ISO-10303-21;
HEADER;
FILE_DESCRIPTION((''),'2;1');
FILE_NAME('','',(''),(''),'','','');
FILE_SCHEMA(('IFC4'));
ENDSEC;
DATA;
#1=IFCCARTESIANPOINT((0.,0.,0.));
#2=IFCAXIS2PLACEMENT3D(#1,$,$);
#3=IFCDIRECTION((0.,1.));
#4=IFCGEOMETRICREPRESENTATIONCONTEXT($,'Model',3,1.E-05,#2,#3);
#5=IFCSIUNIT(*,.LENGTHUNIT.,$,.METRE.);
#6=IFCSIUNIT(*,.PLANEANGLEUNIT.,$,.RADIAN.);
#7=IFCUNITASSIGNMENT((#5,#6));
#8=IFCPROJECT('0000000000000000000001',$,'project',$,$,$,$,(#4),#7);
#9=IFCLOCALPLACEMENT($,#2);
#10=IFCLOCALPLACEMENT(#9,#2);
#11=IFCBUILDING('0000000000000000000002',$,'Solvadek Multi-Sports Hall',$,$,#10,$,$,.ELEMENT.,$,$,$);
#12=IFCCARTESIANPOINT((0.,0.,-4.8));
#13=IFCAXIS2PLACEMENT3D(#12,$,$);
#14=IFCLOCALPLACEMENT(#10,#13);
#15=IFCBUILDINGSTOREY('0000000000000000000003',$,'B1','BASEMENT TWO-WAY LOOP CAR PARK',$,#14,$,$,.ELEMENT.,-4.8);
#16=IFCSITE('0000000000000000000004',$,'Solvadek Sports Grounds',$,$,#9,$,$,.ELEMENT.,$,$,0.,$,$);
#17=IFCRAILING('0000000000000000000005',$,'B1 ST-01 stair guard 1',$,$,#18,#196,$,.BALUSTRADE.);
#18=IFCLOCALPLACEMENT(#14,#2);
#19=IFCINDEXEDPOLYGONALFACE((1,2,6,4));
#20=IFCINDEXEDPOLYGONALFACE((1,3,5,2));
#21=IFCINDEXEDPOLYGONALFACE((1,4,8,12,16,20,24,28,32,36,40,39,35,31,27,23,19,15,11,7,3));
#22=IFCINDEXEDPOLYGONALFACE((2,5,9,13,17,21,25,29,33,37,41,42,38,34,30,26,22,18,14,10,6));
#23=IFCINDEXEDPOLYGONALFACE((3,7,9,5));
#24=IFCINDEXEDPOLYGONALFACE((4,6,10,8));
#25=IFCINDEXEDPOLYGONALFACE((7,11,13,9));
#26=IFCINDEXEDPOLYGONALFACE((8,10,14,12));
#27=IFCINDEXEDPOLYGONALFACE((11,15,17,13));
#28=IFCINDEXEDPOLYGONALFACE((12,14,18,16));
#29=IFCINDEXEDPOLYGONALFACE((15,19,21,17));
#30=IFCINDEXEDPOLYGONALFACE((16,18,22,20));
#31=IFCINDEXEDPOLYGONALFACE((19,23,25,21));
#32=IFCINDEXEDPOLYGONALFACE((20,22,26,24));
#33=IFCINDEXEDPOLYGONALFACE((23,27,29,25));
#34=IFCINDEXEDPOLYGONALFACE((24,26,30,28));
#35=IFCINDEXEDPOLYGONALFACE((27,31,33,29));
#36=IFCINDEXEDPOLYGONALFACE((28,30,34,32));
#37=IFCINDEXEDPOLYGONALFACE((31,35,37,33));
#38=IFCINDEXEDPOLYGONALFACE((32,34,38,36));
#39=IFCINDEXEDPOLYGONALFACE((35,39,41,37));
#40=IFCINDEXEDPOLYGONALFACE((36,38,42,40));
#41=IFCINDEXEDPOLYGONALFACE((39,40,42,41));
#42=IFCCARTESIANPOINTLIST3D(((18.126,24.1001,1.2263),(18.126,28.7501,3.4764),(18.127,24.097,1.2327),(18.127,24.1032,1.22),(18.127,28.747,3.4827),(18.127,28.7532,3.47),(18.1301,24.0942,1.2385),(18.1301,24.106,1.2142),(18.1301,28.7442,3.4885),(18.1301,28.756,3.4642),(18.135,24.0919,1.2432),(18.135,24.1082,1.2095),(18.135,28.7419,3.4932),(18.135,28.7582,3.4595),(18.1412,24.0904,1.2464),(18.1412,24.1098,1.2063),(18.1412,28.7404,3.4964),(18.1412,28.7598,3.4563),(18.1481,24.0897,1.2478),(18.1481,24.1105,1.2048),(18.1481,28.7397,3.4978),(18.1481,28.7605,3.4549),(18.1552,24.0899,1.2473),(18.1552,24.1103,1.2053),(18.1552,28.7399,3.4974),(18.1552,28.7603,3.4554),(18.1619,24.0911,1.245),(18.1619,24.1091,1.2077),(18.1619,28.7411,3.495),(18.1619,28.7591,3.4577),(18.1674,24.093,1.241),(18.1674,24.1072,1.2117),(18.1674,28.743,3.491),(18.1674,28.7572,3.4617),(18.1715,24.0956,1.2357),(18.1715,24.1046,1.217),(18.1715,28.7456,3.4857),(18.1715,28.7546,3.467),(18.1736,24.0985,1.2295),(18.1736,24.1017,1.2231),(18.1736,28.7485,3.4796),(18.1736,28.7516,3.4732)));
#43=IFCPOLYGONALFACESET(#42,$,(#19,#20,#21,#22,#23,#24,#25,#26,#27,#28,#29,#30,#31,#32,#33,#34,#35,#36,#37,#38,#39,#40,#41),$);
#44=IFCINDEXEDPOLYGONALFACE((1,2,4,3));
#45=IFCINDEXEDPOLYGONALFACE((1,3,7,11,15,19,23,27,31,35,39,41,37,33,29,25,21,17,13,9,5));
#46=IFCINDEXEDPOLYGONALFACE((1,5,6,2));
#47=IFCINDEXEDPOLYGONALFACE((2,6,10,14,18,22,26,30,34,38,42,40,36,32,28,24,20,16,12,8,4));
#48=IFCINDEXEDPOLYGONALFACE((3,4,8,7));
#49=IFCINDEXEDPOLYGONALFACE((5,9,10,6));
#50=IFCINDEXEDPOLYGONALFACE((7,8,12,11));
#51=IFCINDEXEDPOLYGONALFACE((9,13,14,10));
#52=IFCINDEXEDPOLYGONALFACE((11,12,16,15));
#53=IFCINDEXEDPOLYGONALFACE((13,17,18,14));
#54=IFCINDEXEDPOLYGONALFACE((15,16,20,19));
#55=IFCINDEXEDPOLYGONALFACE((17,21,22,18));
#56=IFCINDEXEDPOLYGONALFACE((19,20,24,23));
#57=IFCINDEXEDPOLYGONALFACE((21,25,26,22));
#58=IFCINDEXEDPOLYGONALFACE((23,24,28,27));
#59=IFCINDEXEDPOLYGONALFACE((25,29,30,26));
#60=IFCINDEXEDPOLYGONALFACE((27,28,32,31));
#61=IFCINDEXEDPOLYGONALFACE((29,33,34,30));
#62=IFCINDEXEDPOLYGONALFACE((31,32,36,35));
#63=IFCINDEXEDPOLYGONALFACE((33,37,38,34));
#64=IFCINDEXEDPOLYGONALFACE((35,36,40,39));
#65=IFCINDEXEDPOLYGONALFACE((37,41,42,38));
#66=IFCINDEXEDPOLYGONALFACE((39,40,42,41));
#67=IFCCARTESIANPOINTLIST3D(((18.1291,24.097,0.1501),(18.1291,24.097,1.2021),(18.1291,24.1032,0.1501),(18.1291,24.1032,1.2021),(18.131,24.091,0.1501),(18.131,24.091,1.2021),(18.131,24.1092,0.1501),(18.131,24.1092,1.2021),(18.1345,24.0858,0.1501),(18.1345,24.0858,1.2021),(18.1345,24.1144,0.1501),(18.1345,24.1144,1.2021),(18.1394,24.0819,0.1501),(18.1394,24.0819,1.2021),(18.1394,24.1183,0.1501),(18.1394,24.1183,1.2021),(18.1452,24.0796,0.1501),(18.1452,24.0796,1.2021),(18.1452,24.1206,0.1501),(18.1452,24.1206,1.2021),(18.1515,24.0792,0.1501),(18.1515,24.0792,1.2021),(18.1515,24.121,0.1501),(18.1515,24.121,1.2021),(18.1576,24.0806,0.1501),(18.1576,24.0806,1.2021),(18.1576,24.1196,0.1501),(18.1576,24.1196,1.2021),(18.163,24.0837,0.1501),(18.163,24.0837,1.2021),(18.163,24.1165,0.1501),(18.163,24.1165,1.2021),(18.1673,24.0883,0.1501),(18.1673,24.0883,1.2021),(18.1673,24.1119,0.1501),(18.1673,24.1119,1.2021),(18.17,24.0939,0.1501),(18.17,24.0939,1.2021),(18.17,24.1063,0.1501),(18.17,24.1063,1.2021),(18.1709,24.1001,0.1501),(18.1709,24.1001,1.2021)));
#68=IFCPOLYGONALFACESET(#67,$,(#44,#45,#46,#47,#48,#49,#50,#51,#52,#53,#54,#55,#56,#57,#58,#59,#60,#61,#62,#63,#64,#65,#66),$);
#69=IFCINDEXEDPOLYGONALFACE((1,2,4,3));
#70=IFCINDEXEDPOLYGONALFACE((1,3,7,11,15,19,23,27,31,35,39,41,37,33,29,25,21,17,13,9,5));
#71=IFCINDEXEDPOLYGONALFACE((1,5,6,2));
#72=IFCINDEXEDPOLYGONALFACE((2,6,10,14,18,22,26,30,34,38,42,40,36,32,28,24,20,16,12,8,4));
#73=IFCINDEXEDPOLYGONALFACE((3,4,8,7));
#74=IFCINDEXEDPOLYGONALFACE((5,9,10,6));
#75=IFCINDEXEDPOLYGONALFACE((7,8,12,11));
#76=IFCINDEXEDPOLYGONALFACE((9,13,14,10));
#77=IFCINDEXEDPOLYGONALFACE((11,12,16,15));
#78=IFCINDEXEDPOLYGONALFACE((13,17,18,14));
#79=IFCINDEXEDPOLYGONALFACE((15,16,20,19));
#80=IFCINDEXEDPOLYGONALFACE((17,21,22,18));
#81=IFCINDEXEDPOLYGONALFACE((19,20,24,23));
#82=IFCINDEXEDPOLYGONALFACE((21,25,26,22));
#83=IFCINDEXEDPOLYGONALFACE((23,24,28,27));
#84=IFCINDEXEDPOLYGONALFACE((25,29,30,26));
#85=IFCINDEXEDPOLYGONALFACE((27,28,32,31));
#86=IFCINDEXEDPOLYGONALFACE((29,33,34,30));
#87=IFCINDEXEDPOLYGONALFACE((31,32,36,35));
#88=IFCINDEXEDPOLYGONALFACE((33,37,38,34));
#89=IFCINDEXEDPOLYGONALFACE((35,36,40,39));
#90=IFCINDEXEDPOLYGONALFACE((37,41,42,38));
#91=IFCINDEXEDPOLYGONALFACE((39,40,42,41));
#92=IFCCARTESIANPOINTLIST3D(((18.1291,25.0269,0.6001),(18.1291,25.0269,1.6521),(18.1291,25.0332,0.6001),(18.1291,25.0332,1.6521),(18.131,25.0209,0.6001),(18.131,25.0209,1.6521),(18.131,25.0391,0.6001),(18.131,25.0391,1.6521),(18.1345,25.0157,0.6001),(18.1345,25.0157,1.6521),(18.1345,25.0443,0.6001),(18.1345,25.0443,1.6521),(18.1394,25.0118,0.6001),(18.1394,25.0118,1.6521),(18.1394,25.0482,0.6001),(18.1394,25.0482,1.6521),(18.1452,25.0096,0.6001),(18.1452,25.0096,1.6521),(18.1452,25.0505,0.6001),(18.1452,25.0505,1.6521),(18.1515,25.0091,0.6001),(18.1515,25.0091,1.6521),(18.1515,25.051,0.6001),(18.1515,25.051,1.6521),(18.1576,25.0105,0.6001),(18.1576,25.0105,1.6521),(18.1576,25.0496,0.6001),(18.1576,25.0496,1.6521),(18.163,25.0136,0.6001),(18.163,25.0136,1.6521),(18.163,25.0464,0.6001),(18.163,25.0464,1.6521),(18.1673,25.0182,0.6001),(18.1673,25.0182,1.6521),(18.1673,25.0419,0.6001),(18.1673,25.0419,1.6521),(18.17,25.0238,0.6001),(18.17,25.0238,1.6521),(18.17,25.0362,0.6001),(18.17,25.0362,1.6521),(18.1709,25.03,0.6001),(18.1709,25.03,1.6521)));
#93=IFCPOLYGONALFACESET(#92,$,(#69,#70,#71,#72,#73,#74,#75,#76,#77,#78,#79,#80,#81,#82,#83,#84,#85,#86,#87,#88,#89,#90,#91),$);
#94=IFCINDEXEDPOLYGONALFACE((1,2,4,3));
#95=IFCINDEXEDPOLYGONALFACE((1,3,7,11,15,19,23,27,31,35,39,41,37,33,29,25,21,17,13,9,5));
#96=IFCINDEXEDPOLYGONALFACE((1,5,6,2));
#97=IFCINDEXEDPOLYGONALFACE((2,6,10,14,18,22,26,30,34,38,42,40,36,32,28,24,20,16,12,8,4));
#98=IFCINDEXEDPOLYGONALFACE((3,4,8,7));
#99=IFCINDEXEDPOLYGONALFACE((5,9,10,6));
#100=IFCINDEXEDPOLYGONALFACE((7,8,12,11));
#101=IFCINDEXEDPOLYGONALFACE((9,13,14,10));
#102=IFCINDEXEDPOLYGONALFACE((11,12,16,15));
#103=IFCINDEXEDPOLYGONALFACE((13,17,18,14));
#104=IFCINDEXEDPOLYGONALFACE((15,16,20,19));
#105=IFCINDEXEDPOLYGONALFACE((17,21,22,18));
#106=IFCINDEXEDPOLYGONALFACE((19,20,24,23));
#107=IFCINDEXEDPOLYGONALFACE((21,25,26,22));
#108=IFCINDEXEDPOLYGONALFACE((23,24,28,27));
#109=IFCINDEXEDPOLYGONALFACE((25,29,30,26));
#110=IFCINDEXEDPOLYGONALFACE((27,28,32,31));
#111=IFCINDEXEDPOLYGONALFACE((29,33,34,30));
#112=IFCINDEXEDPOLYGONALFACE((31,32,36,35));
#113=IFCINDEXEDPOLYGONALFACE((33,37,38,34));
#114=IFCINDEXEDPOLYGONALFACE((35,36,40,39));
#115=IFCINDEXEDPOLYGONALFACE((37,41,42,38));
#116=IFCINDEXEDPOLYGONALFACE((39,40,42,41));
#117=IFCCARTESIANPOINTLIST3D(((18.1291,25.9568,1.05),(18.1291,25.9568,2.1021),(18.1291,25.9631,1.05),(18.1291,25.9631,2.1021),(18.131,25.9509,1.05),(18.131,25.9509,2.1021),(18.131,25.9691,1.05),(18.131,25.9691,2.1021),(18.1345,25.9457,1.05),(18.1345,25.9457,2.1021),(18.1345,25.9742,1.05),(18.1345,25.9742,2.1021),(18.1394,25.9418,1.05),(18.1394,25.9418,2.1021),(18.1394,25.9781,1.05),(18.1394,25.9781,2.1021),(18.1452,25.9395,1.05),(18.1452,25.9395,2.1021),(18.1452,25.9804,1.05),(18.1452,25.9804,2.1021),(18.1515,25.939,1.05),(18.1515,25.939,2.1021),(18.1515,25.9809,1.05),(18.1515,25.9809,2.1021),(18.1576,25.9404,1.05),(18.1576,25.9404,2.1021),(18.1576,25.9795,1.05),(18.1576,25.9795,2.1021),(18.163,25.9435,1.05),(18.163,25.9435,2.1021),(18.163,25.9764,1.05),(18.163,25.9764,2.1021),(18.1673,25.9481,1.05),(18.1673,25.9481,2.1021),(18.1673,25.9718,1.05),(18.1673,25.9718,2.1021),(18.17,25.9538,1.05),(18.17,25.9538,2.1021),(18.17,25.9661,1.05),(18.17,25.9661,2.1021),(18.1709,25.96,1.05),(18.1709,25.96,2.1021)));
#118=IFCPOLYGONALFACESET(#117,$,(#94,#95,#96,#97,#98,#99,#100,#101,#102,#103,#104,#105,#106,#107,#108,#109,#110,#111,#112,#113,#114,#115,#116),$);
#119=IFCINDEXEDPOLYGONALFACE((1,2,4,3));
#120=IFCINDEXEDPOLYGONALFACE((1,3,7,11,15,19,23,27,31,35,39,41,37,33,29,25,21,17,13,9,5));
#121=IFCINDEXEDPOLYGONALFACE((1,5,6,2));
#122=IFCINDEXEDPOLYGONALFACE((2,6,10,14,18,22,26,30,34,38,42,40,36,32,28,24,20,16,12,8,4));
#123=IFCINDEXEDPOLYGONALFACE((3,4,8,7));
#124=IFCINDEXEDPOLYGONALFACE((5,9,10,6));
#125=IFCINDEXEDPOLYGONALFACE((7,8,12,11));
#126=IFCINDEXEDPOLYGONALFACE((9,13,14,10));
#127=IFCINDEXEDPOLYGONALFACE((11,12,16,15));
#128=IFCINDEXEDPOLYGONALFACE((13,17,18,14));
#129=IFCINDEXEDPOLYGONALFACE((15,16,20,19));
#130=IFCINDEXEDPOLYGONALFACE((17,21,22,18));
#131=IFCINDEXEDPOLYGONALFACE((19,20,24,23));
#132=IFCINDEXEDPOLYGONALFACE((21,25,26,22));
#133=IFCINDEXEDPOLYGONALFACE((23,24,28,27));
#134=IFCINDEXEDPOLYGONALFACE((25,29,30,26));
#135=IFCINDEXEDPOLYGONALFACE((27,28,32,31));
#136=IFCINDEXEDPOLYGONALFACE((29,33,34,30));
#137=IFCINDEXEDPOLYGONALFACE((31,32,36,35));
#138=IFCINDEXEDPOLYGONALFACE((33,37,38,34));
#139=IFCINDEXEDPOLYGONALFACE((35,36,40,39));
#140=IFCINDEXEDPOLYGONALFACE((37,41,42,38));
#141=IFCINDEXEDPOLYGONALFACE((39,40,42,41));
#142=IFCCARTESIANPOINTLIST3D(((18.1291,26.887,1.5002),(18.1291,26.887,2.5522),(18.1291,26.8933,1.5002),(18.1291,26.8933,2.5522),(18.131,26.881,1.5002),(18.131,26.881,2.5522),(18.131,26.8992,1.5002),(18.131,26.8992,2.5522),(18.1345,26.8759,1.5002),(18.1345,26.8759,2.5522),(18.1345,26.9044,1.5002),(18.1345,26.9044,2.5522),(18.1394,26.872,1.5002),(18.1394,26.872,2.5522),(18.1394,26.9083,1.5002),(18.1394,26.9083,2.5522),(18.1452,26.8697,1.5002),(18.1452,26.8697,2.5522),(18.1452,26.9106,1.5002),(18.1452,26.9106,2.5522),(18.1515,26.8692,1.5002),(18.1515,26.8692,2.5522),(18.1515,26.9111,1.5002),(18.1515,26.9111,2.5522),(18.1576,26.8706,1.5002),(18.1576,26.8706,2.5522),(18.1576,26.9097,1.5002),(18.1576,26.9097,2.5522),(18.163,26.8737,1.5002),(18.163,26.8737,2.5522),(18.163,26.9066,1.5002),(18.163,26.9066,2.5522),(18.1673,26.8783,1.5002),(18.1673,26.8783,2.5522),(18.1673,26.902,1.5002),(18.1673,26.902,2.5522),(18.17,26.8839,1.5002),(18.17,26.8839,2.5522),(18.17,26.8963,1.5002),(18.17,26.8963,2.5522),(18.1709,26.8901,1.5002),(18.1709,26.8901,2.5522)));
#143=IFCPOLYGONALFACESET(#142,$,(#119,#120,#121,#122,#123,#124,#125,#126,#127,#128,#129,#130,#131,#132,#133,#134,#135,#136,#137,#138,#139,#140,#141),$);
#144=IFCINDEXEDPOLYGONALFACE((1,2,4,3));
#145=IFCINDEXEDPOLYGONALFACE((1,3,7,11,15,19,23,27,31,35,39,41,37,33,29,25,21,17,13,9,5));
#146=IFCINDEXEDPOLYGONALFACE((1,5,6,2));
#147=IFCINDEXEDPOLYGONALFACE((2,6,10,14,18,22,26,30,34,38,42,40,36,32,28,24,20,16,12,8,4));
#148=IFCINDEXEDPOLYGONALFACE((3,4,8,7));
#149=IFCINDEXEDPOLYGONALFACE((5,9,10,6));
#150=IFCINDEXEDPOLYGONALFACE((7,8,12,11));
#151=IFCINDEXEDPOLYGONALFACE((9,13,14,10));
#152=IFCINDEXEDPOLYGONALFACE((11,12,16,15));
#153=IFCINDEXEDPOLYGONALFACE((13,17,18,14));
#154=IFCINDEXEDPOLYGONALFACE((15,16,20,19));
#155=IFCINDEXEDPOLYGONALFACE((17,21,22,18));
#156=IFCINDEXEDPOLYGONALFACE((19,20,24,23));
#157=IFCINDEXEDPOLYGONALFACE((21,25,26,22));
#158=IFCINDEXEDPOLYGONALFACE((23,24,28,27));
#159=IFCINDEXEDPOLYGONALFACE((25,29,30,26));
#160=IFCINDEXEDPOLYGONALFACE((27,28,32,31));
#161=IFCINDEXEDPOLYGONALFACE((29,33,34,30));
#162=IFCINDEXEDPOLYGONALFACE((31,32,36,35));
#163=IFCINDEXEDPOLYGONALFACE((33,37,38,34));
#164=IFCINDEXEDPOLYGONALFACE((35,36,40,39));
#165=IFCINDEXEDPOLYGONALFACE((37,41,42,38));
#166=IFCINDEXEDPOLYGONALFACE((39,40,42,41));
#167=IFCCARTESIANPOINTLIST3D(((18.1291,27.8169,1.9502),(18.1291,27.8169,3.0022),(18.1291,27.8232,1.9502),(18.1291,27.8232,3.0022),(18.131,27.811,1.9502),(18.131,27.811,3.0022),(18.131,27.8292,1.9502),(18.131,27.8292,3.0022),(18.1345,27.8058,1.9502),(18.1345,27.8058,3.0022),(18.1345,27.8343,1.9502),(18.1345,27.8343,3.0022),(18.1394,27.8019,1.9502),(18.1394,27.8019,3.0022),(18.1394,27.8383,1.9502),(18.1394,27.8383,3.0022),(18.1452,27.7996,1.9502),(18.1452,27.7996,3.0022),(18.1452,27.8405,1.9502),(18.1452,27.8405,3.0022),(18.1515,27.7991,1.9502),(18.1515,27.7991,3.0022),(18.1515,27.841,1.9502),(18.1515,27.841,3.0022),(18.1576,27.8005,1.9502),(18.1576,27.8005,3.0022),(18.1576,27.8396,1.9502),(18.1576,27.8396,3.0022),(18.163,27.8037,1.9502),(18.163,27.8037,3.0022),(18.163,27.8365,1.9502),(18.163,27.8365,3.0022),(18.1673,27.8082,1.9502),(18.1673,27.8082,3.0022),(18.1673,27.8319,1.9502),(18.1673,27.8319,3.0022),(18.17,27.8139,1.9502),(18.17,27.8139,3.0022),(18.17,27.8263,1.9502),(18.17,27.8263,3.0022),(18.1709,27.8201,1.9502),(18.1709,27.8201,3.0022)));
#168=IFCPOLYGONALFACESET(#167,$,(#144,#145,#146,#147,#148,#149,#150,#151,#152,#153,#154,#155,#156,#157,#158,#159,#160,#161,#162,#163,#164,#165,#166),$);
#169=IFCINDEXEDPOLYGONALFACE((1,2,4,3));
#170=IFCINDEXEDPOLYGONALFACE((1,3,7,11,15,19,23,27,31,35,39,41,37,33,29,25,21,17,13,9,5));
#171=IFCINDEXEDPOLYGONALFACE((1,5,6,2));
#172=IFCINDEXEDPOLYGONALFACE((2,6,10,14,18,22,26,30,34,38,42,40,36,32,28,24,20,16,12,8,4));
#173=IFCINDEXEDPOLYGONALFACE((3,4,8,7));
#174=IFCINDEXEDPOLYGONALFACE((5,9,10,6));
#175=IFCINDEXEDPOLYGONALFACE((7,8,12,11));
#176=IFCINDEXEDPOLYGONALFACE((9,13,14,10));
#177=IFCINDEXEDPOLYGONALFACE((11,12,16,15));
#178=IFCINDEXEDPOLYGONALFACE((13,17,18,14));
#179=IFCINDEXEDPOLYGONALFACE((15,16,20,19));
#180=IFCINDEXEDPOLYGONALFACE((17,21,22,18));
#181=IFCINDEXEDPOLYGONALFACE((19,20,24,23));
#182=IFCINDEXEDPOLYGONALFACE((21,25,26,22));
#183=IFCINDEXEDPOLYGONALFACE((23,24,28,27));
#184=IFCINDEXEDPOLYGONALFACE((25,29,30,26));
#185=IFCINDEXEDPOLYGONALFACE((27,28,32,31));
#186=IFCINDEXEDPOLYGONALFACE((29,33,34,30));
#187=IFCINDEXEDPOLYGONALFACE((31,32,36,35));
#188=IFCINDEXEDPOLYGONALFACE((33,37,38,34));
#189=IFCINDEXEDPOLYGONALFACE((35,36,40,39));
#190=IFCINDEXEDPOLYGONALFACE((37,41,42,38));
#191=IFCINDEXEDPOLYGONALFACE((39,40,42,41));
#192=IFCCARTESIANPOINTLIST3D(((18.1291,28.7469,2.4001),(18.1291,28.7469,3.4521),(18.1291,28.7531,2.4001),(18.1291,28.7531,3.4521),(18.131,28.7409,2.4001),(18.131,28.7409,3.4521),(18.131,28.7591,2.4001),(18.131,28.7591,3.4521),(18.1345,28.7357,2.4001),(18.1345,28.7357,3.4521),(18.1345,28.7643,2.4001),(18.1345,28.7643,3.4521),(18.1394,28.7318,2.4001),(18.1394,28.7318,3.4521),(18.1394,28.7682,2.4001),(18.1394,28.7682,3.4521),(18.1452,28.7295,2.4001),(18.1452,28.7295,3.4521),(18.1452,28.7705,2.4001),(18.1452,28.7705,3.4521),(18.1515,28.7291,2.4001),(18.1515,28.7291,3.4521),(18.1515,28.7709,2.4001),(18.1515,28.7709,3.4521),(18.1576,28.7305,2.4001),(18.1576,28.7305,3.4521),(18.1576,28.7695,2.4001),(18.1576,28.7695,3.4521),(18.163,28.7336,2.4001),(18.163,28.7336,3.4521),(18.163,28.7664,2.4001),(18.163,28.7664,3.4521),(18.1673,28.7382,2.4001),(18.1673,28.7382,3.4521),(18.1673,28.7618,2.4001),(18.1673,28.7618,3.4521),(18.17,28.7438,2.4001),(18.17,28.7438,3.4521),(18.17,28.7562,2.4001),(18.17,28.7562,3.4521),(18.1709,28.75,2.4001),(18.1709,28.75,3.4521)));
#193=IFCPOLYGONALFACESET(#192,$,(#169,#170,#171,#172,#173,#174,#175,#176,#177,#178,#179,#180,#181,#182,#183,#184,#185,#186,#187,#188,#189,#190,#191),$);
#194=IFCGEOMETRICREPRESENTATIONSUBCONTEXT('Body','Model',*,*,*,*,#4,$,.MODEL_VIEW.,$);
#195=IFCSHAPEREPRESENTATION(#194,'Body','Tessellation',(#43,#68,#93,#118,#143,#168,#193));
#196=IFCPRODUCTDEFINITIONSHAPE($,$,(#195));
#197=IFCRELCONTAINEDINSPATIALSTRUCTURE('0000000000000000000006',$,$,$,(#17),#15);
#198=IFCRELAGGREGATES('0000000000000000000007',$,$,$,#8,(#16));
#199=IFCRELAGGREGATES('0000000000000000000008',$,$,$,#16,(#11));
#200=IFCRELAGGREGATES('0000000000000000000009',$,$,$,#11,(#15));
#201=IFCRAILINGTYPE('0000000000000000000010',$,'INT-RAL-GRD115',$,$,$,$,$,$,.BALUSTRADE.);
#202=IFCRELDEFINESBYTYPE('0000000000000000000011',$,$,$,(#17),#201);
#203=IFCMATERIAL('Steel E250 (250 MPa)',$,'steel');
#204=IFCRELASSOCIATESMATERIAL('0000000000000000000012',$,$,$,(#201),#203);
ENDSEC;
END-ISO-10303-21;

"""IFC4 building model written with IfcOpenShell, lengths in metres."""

from ifc_helpers import new_model, si_unit, direction, frame, origin, origin_2d, place, context, subcontext, project, spatial, circle, extrude, material, type_object, element, save


model = new_model("IFC4")

# Units and contexts
model_context = context("Model", 3, precision=1e-05, world=origin(), true_north=direction((0.0, 1.0)))
body_context = subcontext(model_context, "Body", "Model", "MODEL_VIEW")
ifc_project = project(units=[si_unit("LENGTHUNIT", "METRE"), si_unit("PLANEANGLEUNIT", "RADIAN")], contexts=[model_context])

# Site, building, storey
site_placement = place(None, origin())
site = spatial("IfcSite", under=ifc_project, at=site_placement, Name="Solvadek Sports Grounds", CompositionType="ELEMENT", RefElevation=0.0)
building_placement = place(site_placement, origin())
building = spatial("IfcBuilding", under=site, at=building_placement, Name="Solvadek Multi-Sports Hall", CompositionType="ELEMENT")
storey_placement = place(building_placement, frame((0.0, 0.0, -4.8)))
storey = spatial("IfcBuildingStorey", under=building, at=storey_placement, Name="B1", Description="BASEMENT TWO-WAY LOOP CAR PARK", CompositionType="ELEMENT", Elevation=-4.8)

# Shared definitions
ifc_material_1 = material(Name="Steel E250 (250 MPa)", Category="steel")

# Railing
railing_type_1 = type_object("IfcRailingType", Name="INT-RAL-GRD115", PredefinedType="BALUSTRADE", material=ifc_material_1)
railing_1_placement = place(storey_placement, frame((18.1499, 24.1001, 0.1501)))
element("IfcRailing", 1, at=railing_1_placement, inside=storey, type_object=railing_type_1, Name="B1 ST-01 stair guard 1", PredefinedType="BALUSTRADE", context=body_context, shape_type="SweptSolid", body=[
    extrude(circle(Radius=0.0239, at=origin_2d()), frame((0.0, 0.0, 1.0762), z_axis=(0.0, 0.900156, 0.435568), x_axis=(-1.0, 0.0, 0.0)), (0.0, 0.0, 1.0), 5.1658),
    extrude(circle(Radius=0.021, at=origin_2d()), origin(), (0.0, 0.0, 1.0), 1.052),
    extrude(circle(Radius=0.021, at=origin_2d()), frame((0.0, 0.9299, 0.45)), (0.0, 0.0, 1.0), 1.052),
    extrude(circle(Radius=0.021, at=origin_2d()), frame((0.0, 1.8599, 0.8999)), (0.0, 0.0, 1.0), 1.052),
    extrude(circle(Radius=0.021, at=origin_2d()), frame((0.0, 2.79, 1.3501)), (0.0, 0.0, 1.0), 1.052),
    extrude(circle(Radius=0.021, at=origin_2d()), frame((0.0, 3.72, 1.8)), (0.0, 0.0, 1.0), 1.052),
    extrude(circle(Radius=0.021, at=origin_2d()), frame((0.0, 4.6499, 2.25)), (0.0, 0.0, 1.0), 1.052),
])

save(model, "model.ifc")
